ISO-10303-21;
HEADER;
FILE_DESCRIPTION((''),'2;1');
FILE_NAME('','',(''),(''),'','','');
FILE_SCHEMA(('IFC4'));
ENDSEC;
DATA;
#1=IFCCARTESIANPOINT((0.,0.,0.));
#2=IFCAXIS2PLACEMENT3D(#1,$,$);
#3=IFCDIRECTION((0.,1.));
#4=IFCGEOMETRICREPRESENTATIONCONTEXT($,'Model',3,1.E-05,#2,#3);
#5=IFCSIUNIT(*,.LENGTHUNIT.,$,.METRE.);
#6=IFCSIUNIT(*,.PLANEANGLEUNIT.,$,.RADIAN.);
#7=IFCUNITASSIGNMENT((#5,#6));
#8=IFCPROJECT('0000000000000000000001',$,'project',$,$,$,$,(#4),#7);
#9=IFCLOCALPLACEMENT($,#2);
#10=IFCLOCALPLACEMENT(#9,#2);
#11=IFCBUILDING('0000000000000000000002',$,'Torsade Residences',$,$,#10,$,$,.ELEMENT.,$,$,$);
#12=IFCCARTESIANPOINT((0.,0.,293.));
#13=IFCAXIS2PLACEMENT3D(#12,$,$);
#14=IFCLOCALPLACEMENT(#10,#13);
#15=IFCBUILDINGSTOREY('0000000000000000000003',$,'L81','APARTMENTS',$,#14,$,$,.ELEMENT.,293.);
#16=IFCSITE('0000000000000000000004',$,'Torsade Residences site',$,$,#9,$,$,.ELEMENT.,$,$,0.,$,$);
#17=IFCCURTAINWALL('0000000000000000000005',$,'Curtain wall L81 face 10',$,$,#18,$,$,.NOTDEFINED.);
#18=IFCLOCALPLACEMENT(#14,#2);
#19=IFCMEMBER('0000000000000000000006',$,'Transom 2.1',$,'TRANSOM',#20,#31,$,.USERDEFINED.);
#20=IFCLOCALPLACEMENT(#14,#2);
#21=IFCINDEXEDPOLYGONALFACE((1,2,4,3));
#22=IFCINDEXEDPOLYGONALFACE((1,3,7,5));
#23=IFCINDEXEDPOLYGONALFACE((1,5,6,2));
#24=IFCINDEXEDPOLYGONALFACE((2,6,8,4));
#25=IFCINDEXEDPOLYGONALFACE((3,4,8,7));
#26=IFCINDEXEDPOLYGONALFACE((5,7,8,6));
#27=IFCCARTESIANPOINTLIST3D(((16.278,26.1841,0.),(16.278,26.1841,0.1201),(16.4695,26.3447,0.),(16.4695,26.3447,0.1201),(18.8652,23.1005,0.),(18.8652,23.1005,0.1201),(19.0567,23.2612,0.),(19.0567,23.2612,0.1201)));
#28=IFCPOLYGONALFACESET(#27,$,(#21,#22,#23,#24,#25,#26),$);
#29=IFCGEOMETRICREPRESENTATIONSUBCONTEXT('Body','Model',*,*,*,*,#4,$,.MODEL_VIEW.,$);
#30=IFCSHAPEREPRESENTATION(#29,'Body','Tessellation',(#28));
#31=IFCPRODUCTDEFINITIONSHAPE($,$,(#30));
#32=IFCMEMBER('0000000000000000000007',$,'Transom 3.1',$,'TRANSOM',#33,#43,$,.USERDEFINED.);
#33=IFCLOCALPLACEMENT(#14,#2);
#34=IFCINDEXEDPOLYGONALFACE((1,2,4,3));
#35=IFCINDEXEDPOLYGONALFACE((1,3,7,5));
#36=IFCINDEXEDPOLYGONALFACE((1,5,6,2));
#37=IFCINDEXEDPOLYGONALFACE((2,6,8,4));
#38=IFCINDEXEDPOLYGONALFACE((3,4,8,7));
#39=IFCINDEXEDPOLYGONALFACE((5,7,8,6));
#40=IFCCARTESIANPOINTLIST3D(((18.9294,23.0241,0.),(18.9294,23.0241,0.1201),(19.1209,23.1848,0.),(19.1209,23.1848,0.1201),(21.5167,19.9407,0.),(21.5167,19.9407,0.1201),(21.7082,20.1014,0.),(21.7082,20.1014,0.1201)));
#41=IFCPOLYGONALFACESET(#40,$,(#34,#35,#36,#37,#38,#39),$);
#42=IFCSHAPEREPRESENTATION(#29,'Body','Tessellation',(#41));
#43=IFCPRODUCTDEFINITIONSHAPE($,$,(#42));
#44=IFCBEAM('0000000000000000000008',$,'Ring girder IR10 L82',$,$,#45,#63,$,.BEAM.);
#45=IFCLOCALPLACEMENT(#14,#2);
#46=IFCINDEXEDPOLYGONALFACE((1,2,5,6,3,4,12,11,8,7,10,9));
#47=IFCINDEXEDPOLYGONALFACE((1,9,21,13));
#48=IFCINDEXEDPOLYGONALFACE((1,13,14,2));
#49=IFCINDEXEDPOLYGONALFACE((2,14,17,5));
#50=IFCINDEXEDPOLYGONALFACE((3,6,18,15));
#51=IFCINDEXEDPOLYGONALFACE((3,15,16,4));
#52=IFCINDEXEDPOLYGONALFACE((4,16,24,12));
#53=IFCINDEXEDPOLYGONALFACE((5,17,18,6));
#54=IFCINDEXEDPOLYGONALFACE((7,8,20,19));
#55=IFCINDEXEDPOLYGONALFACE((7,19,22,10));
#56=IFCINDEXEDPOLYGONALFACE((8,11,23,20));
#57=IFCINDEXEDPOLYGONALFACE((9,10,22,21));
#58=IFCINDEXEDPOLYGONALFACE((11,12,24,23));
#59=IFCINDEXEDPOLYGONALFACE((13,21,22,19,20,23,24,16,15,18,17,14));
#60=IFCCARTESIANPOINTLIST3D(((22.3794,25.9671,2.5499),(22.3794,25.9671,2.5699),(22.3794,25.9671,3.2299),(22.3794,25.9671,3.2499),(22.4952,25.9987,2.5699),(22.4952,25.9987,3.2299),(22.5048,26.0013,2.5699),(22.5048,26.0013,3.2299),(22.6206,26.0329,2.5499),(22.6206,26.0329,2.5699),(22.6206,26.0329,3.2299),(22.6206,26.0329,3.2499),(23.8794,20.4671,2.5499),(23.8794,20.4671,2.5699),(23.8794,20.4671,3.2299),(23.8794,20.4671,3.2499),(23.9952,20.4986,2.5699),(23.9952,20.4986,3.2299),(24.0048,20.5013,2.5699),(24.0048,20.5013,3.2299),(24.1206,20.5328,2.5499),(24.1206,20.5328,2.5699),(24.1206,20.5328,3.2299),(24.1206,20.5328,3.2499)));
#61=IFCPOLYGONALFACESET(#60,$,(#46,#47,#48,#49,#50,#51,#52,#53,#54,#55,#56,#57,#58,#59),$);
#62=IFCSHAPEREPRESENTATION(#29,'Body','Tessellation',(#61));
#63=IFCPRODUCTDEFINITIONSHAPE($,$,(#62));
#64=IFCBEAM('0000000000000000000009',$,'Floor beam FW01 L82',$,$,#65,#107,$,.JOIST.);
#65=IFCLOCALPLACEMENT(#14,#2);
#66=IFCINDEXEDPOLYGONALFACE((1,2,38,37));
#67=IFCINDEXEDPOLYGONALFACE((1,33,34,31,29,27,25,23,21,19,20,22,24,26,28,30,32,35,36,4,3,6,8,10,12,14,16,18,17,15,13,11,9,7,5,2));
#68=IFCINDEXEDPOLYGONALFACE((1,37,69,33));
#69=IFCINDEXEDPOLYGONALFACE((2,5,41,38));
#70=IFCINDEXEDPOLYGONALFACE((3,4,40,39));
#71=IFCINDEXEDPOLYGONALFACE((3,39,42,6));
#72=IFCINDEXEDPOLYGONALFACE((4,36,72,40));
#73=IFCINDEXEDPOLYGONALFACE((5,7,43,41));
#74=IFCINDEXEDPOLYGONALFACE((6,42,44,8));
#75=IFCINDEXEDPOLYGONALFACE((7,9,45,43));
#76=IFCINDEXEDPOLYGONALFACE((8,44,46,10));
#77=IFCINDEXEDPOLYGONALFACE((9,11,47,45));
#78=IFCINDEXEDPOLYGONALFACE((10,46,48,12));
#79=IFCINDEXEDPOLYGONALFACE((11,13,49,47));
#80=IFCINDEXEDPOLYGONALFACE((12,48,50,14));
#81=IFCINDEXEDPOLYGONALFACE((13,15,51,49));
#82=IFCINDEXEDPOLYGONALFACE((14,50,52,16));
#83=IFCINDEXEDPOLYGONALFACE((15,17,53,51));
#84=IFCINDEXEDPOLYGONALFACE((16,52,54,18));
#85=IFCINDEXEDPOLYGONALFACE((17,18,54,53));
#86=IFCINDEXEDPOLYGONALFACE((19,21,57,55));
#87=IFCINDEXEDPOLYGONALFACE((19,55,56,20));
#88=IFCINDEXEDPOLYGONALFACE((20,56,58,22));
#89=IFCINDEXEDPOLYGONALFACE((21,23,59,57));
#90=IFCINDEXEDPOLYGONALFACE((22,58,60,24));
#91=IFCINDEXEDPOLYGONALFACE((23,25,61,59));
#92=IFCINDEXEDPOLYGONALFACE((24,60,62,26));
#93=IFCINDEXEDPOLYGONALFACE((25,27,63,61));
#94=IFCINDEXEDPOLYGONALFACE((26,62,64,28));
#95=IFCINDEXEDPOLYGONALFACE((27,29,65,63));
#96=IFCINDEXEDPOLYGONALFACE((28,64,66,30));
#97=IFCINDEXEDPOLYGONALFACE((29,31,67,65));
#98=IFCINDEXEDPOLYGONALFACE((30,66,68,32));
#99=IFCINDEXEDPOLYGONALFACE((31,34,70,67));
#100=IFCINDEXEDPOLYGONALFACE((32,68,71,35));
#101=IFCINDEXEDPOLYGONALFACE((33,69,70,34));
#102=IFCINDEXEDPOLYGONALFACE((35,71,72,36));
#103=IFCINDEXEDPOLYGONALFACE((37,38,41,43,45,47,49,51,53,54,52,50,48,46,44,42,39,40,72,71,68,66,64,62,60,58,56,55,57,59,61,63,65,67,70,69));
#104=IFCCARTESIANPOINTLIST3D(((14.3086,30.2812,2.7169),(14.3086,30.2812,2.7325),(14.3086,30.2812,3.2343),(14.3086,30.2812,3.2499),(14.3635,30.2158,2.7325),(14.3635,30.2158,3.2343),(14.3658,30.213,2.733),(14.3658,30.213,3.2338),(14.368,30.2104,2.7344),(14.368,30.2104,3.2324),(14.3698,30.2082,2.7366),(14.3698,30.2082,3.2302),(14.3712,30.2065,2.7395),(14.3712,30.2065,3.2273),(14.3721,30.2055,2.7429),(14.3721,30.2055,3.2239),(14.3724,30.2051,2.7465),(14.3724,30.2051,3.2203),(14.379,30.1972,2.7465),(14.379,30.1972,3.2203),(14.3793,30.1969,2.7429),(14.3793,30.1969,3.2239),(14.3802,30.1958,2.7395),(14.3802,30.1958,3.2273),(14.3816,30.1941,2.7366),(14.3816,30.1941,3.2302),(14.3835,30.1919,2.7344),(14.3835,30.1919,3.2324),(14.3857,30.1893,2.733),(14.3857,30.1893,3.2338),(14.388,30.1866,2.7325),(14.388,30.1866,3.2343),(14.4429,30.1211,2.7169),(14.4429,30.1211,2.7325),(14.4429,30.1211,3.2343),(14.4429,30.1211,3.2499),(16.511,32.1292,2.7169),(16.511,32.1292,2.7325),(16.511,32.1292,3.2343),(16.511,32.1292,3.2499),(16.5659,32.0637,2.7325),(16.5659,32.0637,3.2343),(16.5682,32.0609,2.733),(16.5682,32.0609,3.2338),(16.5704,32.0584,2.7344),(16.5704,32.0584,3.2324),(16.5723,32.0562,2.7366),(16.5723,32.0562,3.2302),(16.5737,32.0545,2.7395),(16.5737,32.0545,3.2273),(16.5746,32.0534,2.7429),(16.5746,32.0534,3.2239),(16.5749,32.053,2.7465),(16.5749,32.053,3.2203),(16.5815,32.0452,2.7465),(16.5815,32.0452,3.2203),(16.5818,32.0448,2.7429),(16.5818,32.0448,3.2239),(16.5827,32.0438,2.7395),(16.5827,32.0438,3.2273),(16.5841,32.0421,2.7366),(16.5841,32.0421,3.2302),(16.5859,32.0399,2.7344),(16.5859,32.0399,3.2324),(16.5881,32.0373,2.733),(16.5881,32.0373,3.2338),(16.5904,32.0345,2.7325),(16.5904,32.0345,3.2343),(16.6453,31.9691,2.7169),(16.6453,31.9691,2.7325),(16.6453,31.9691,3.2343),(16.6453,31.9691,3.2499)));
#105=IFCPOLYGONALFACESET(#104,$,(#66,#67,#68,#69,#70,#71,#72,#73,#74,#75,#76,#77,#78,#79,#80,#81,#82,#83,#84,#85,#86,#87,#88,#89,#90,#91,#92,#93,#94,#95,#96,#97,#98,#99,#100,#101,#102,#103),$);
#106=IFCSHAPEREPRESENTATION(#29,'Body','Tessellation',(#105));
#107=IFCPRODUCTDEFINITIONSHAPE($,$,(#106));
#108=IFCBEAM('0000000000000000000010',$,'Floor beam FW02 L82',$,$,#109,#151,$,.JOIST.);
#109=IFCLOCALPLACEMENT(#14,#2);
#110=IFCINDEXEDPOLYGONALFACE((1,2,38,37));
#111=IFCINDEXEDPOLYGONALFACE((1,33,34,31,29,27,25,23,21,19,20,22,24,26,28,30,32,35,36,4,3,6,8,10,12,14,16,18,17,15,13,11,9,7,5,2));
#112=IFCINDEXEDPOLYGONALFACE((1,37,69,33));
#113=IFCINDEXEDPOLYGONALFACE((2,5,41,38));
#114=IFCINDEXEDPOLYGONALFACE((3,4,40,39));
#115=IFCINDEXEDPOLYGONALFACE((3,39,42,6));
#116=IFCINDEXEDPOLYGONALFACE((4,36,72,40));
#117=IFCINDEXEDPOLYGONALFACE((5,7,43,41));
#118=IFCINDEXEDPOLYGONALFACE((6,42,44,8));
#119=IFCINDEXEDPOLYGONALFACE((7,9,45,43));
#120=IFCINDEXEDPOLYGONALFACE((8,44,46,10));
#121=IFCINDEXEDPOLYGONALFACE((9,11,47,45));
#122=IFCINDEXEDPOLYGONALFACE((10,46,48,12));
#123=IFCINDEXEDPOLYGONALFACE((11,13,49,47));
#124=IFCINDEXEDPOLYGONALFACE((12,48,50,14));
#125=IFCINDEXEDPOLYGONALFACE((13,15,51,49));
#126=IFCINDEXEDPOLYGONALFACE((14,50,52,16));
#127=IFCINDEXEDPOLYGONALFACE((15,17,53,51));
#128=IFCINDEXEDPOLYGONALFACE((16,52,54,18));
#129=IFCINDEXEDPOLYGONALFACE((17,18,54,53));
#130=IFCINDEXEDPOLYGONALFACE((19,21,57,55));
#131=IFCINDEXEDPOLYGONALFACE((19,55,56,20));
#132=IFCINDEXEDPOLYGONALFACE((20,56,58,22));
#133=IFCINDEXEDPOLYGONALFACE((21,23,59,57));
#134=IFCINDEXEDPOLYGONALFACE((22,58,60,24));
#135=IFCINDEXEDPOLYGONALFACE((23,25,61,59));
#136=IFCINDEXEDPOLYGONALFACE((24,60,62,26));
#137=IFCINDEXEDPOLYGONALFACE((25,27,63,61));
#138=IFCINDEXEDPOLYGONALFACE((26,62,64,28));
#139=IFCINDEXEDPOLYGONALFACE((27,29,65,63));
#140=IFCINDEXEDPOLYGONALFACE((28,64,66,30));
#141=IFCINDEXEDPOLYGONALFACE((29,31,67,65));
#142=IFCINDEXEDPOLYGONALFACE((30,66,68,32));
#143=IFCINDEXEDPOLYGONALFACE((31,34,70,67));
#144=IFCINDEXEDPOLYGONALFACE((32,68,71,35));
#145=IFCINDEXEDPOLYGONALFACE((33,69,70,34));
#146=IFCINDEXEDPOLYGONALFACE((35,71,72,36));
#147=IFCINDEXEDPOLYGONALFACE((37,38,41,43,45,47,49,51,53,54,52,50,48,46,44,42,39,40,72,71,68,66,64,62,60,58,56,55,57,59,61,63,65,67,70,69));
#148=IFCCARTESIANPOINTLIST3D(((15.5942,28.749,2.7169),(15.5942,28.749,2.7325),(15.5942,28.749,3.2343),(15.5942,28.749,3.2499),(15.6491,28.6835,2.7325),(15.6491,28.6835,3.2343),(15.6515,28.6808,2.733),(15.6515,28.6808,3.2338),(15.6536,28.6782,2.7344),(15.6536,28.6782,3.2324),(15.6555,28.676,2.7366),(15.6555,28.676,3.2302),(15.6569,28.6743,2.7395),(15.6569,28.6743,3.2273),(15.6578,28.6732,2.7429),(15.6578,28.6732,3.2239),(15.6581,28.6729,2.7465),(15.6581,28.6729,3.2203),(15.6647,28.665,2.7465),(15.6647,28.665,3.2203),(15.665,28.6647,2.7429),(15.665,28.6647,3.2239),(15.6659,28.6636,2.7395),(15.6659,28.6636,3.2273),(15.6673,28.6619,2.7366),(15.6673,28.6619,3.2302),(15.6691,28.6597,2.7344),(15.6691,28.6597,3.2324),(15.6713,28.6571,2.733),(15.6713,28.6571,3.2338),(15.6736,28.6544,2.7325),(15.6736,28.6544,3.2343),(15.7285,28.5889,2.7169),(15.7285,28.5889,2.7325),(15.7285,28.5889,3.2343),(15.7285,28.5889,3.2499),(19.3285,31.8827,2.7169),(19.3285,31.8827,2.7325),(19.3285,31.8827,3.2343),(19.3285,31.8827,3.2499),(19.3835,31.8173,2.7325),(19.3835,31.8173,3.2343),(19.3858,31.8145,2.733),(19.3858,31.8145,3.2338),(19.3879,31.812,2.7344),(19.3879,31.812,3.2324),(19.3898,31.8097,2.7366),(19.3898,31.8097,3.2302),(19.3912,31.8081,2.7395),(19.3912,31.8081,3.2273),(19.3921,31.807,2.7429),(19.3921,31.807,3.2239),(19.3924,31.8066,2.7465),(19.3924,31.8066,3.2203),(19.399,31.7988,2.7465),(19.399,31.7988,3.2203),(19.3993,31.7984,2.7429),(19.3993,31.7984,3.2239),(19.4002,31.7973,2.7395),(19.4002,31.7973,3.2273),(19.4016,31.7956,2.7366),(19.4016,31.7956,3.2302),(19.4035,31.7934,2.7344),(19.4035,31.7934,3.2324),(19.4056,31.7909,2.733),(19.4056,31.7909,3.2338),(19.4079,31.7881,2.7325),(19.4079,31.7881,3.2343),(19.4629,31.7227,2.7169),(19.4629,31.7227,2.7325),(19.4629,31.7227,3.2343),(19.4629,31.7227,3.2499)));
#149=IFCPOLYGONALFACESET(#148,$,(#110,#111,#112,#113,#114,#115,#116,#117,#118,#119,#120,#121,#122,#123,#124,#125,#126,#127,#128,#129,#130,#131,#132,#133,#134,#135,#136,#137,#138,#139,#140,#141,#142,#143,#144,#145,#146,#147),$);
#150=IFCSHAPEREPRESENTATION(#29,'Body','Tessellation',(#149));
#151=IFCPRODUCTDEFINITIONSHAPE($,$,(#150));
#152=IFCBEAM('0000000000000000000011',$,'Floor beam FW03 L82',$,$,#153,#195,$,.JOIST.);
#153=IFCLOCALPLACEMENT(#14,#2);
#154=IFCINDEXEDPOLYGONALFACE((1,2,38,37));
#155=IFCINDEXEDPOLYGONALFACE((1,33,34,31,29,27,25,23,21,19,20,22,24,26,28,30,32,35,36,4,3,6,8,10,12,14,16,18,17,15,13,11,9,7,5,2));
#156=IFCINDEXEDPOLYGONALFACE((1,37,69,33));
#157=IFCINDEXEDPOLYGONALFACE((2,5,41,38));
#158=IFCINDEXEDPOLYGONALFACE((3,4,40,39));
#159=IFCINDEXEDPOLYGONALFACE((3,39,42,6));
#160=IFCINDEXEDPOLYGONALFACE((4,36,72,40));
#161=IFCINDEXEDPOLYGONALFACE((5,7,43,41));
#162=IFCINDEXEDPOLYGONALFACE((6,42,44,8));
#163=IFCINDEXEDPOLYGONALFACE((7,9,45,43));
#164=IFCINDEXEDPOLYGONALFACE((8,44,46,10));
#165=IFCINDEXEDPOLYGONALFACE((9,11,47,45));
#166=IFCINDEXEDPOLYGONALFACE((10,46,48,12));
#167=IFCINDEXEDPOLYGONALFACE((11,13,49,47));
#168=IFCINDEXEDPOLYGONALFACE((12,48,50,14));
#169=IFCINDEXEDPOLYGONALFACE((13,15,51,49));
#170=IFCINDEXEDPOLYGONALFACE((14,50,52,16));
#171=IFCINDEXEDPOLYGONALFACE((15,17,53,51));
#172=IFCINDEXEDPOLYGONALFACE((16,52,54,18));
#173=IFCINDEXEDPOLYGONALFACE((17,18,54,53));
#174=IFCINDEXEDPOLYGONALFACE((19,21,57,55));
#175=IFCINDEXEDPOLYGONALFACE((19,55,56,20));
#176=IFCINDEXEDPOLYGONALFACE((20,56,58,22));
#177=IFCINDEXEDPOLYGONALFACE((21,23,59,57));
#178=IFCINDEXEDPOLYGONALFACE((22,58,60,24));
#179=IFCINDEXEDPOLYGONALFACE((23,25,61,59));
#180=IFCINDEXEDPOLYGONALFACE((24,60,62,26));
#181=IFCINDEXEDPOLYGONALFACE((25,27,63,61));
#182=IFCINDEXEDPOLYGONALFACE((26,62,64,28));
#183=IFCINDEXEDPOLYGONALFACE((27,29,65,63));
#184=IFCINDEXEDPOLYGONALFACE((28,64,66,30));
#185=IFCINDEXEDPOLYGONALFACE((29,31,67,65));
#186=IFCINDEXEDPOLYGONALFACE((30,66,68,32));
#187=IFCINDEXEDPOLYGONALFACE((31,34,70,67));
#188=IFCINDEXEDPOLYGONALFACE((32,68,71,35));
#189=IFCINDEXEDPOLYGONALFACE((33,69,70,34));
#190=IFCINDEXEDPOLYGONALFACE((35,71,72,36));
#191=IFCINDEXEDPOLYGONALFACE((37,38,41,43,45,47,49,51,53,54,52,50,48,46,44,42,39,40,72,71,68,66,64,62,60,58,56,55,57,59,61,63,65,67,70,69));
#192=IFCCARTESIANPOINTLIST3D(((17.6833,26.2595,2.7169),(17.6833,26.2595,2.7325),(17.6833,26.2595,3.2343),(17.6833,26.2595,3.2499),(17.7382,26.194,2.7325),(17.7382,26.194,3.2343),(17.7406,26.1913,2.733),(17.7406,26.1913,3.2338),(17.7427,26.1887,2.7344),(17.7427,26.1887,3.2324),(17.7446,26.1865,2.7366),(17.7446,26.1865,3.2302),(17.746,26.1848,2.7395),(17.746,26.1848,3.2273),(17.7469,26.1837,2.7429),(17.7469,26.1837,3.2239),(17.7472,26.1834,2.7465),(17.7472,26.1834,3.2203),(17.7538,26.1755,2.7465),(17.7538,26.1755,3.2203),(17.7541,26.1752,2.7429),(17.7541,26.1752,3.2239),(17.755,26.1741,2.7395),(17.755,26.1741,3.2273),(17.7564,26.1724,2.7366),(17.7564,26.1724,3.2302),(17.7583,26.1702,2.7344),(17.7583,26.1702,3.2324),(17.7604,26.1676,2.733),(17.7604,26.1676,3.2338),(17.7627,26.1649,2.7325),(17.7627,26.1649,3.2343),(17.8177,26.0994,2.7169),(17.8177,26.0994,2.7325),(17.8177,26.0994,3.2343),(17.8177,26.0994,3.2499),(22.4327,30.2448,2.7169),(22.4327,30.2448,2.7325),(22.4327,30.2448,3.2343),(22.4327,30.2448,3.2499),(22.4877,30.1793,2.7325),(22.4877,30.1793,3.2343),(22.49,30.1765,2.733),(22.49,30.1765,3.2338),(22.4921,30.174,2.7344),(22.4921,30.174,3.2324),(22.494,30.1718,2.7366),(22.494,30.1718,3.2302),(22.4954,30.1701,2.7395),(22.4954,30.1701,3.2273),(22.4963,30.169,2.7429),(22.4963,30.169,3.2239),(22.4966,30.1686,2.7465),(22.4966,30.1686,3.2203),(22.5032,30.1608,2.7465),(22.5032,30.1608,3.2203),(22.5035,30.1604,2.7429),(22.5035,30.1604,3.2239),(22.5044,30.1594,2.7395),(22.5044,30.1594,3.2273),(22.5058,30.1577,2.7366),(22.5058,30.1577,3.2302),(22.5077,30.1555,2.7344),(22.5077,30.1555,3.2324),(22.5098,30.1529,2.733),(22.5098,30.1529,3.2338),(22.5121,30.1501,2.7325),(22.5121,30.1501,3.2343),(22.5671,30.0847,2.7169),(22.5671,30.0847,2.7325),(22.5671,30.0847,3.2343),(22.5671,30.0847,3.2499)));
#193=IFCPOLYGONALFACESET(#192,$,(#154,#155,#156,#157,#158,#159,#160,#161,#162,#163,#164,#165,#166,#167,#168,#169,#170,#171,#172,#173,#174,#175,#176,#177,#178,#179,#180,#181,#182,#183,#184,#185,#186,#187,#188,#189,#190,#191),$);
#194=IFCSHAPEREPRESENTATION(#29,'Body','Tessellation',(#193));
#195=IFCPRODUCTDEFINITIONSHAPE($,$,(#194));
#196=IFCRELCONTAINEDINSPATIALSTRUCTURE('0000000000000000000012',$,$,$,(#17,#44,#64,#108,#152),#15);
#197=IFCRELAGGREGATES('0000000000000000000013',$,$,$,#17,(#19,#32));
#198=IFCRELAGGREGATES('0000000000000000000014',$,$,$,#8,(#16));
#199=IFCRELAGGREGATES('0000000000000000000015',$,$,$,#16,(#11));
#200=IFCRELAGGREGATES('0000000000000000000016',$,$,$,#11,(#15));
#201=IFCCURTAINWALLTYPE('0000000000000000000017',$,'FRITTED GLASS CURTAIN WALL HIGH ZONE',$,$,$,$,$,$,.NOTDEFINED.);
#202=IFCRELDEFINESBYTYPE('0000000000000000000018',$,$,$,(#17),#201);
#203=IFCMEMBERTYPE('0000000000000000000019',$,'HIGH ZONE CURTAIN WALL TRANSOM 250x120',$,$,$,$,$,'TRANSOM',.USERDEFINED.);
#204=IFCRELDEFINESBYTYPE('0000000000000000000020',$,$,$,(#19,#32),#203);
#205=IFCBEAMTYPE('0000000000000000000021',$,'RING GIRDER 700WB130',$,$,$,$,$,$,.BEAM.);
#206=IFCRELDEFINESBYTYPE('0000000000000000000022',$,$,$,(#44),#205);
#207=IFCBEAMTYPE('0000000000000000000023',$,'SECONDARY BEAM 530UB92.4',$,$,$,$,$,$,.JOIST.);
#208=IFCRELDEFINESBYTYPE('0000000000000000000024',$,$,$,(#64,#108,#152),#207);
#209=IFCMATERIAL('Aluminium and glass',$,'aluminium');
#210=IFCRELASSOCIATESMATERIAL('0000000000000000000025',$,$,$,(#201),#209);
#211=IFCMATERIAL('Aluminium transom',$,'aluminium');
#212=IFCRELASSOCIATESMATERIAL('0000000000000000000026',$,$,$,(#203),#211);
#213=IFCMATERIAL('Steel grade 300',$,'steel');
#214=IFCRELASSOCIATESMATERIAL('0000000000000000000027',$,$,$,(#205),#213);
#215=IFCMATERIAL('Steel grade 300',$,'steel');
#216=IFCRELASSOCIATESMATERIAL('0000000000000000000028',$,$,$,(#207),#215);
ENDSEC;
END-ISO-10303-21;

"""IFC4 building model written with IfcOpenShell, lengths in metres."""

from ifc_helpers import new_model, si_unit, direction, frame, origin, origin_2d, place, context, subcontext, project, spatial, rectangle, i_section, extrude, material, material_profile, profile_set, type_object, element, aggregate, save


model = new_model("IFC4")

# Units and contexts
model_context = context("Model", 3, precision=1e-05, world=origin(), true_north=direction((0.0, 1.0)))
body_context = subcontext(model_context, "Body", "Model", "MODEL_VIEW")
ifc_project = project(units=[si_unit("LENGTHUNIT", "METRE"), si_unit("PLANEANGLEUNIT", "RADIAN")], contexts=[model_context])

# Site, building, storey
site_placement = place(None, origin())
site = spatial("IfcSite", under=ifc_project, at=site_placement, Name="Torsade Residences site", CompositionType="ELEMENT", RefElevation=0.0)
building_placement = place(site_placement, origin())
building = spatial("IfcBuilding", under=site, at=building_placement, Name="Torsade Residences", CompositionType="ELEMENT")
storey_placement = place(building_placement, frame((0.0, 0.0, 293.0)))
storey = spatial("IfcBuildingStorey", under=building, at=storey_placement, Name="L81", Description="APARTMENTS", CompositionType="ELEMENT", Elevation=293.0)

# Curtain wall, members
ifc_material_1 = material(Name="Aluminium and glass", Category="aluminium")
curtain_wall_type = type_object("IfcCurtainWallType", Name="FRITTED GLASS CURTAIN WALL HIGH ZONE", PredefinedType="NOTDEFINED", material=ifc_material_1)
curtain_wall_placement = place(storey_placement, origin())
curtain_wall = element("IfcCurtainWall", 1, at=curtain_wall_placement, inside=storey, type_object=curtain_wall_type, Name="Curtain wall L81 face 10", PredefinedType="NOTDEFINED")
ifc_material_2 = material(Name="Aluminium transom", Category="aluminium")
ifc_material_profile_1 = material_profile(ifc_material_2, rectangle(XDim=0.25, YDim=0.1201, at=origin_2d()), Name="HIGH ZONE CURTAIN WALL TRANSOM 250x120")
ifc_profile_set_1 = profile_set([ifc_material_profile_1], Name="Aluminium transom")
member_type_1 = type_object("IfcMemberType", Name="HIGH ZONE CURTAIN WALL TRANSOM 250x120", ElementType="TRANSOM", PredefinedType="USERDEFINED", material=ifc_profile_set_1)
member_1_placement = place(storey_placement, frame((16.3738, 26.2644, 0.0601), z_axis=(0.642758, -0.766069, 0.0), x_axis=(0.766069, 0.642758, 0.0)))
member_1 = element("IfcMember", 2, at=member_1_placement, type_object=member_type_1, Name="Transom 2.1", ObjectType="TRANSOM", PredefinedType="USERDEFINED", context=body_context, shape_type="SweptSolid", body=[
    extrude(rectangle(XDim=0.25, YDim=0.1201, at=origin_2d()), origin(), (0.0, 0.0, 1.0), 4.0251),
])
member_2_placement = place(storey_placement, frame((19.0251, 23.1045, 0.0601), z_axis=(0.642794, -0.766039, 0.0), x_axis=(0.766039, 0.642794, 0.0)))
member_2 = element("IfcMember", 3, at=member_2_placement, type_object=member_type_1, Name="Transom 3.1", ObjectType="TRANSOM", PredefinedType="USERDEFINED", context=body_context, shape_type="SweptSolid", body=[
    extrude(rectangle(XDim=0.25, YDim=0.1201, at=origin_2d()), origin(), (0.0, 0.0, 1.0), 4.0251),
])

# Beams
ifc_material_3 = material(Name="Steel grade 300", Category="steel")
ifc_material_profile_2 = material_profile(ifc_material_3, i_section(OverallWidth=0.25, OverallDepth=0.7, WebThickness=0.01, FlangeThickness=0.02, at=origin_2d()), Name="700WB130")
ifc_profile_set_2 = profile_set([ifc_material_profile_2], Name="Steel grade 300")
beam_type_1 = type_object("IfcBeamType", Name="RING GIRDER 700WB130", PredefinedType="BEAM", material=ifc_profile_set_2)
beam_1_placement = place(storey_placement, frame((22.5, 26.0, 2.8999), z_axis=(0.263117, -0.964764, 0.0), x_axis=(0.964764, 0.263117, 0.0)))
element("IfcBeam", 4, at=beam_1_placement, inside=storey, type_object=beam_type_1, Name="Ring girder IR10 L82", PredefinedType="BEAM", context=body_context, shape_type="SweptSolid", body=[
    extrude(i_section(OverallWidth=0.25, OverallDepth=0.7, WebThickness=0.01, FlangeThickness=0.02, at=origin_2d()), origin(), (0.0, 0.0, 1.0), 5.7009),
])
ifc_material_4 = material(Name="Steel grade 300", Category="steel")
ifc_material_profile_3 = material_profile(ifc_material_4, i_section(OverallWidth=0.209, OverallDepth=0.533, WebThickness=0.0103, FlangeThickness=0.0156, FilletRadius=0.0139, at=origin_2d()), Name="530UB92.4")
ifc_profile_set_3 = profile_set([ifc_material_profile_3], Name="Steel grade 300")
beam_type_2 = type_object("IfcBeamType", Name="SECONDARY BEAM 530UB92.4", PredefinedType="JOIST", material=ifc_profile_set_3)
beam_2_placement = place(storey_placement, frame((14.3757, 30.2012, 2.9834), z_axis=(0.766066, 0.642762, 0.0), x_axis=(-0.642762, 0.766066, 0.0)))
element("IfcBeam", 5, at=beam_2_placement, inside=storey, type_object=beam_type_2, Name="Floor beam FW01 L82", PredefinedType="JOIST", context=body_context, shape_type="SweptSolid", body=[
    extrude(i_section(OverallWidth=0.209, OverallDepth=0.533, WebThickness=0.0103, FlangeThickness=0.0156, FilletRadius=0.0139, at=origin_2d()), origin(), (0.0, 0.0, 1.0), 2.875),
])
beam_3_placement = place(storey_placement, frame((15.6614, 28.6689, 2.9834), z_axis=(0.766017, 0.642821, 0.0), x_axis=(-0.642821, 0.766017, 0.0)))
element("IfcBeam", 6, at=beam_3_placement, inside=storey, type_object=beam_type_2, Name="Floor beam FW02 L82", PredefinedType="JOIST", context=body_context, shape_type="SweptSolid", body=[
    extrude(i_section(OverallWidth=0.209, OverallDepth=0.533, WebThickness=0.0103, FlangeThickness=0.0156, FilletRadius=0.0139, at=origin_2d()), origin(), (0.0, 0.0, 1.0), 4.875),
])
beam_4_placement = place(storey_placement, frame((17.7505, 26.1794, 2.9834), z_axis=(0.766041, 0.642791, 0.0), x_axis=(-0.642791, 0.766041, 0.0)))
element("IfcBeam", 7, at=beam_4_placement, inside=storey, type_object=beam_type_2, Name="Floor beam FW03 L82", PredefinedType="JOIST", context=body_context, shape_type="SweptSolid", body=[
    extrude(i_section(OverallWidth=0.209, OverallDepth=0.533, WebThickness=0.0103, FlangeThickness=0.0156, FilletRadius=0.0139, at=origin_2d()), origin(), (0.0, 0.0, 1.0), 6.2),
])

aggregate(curtain_wall, [member_1, member_2])

save(model, "model.ifc")
